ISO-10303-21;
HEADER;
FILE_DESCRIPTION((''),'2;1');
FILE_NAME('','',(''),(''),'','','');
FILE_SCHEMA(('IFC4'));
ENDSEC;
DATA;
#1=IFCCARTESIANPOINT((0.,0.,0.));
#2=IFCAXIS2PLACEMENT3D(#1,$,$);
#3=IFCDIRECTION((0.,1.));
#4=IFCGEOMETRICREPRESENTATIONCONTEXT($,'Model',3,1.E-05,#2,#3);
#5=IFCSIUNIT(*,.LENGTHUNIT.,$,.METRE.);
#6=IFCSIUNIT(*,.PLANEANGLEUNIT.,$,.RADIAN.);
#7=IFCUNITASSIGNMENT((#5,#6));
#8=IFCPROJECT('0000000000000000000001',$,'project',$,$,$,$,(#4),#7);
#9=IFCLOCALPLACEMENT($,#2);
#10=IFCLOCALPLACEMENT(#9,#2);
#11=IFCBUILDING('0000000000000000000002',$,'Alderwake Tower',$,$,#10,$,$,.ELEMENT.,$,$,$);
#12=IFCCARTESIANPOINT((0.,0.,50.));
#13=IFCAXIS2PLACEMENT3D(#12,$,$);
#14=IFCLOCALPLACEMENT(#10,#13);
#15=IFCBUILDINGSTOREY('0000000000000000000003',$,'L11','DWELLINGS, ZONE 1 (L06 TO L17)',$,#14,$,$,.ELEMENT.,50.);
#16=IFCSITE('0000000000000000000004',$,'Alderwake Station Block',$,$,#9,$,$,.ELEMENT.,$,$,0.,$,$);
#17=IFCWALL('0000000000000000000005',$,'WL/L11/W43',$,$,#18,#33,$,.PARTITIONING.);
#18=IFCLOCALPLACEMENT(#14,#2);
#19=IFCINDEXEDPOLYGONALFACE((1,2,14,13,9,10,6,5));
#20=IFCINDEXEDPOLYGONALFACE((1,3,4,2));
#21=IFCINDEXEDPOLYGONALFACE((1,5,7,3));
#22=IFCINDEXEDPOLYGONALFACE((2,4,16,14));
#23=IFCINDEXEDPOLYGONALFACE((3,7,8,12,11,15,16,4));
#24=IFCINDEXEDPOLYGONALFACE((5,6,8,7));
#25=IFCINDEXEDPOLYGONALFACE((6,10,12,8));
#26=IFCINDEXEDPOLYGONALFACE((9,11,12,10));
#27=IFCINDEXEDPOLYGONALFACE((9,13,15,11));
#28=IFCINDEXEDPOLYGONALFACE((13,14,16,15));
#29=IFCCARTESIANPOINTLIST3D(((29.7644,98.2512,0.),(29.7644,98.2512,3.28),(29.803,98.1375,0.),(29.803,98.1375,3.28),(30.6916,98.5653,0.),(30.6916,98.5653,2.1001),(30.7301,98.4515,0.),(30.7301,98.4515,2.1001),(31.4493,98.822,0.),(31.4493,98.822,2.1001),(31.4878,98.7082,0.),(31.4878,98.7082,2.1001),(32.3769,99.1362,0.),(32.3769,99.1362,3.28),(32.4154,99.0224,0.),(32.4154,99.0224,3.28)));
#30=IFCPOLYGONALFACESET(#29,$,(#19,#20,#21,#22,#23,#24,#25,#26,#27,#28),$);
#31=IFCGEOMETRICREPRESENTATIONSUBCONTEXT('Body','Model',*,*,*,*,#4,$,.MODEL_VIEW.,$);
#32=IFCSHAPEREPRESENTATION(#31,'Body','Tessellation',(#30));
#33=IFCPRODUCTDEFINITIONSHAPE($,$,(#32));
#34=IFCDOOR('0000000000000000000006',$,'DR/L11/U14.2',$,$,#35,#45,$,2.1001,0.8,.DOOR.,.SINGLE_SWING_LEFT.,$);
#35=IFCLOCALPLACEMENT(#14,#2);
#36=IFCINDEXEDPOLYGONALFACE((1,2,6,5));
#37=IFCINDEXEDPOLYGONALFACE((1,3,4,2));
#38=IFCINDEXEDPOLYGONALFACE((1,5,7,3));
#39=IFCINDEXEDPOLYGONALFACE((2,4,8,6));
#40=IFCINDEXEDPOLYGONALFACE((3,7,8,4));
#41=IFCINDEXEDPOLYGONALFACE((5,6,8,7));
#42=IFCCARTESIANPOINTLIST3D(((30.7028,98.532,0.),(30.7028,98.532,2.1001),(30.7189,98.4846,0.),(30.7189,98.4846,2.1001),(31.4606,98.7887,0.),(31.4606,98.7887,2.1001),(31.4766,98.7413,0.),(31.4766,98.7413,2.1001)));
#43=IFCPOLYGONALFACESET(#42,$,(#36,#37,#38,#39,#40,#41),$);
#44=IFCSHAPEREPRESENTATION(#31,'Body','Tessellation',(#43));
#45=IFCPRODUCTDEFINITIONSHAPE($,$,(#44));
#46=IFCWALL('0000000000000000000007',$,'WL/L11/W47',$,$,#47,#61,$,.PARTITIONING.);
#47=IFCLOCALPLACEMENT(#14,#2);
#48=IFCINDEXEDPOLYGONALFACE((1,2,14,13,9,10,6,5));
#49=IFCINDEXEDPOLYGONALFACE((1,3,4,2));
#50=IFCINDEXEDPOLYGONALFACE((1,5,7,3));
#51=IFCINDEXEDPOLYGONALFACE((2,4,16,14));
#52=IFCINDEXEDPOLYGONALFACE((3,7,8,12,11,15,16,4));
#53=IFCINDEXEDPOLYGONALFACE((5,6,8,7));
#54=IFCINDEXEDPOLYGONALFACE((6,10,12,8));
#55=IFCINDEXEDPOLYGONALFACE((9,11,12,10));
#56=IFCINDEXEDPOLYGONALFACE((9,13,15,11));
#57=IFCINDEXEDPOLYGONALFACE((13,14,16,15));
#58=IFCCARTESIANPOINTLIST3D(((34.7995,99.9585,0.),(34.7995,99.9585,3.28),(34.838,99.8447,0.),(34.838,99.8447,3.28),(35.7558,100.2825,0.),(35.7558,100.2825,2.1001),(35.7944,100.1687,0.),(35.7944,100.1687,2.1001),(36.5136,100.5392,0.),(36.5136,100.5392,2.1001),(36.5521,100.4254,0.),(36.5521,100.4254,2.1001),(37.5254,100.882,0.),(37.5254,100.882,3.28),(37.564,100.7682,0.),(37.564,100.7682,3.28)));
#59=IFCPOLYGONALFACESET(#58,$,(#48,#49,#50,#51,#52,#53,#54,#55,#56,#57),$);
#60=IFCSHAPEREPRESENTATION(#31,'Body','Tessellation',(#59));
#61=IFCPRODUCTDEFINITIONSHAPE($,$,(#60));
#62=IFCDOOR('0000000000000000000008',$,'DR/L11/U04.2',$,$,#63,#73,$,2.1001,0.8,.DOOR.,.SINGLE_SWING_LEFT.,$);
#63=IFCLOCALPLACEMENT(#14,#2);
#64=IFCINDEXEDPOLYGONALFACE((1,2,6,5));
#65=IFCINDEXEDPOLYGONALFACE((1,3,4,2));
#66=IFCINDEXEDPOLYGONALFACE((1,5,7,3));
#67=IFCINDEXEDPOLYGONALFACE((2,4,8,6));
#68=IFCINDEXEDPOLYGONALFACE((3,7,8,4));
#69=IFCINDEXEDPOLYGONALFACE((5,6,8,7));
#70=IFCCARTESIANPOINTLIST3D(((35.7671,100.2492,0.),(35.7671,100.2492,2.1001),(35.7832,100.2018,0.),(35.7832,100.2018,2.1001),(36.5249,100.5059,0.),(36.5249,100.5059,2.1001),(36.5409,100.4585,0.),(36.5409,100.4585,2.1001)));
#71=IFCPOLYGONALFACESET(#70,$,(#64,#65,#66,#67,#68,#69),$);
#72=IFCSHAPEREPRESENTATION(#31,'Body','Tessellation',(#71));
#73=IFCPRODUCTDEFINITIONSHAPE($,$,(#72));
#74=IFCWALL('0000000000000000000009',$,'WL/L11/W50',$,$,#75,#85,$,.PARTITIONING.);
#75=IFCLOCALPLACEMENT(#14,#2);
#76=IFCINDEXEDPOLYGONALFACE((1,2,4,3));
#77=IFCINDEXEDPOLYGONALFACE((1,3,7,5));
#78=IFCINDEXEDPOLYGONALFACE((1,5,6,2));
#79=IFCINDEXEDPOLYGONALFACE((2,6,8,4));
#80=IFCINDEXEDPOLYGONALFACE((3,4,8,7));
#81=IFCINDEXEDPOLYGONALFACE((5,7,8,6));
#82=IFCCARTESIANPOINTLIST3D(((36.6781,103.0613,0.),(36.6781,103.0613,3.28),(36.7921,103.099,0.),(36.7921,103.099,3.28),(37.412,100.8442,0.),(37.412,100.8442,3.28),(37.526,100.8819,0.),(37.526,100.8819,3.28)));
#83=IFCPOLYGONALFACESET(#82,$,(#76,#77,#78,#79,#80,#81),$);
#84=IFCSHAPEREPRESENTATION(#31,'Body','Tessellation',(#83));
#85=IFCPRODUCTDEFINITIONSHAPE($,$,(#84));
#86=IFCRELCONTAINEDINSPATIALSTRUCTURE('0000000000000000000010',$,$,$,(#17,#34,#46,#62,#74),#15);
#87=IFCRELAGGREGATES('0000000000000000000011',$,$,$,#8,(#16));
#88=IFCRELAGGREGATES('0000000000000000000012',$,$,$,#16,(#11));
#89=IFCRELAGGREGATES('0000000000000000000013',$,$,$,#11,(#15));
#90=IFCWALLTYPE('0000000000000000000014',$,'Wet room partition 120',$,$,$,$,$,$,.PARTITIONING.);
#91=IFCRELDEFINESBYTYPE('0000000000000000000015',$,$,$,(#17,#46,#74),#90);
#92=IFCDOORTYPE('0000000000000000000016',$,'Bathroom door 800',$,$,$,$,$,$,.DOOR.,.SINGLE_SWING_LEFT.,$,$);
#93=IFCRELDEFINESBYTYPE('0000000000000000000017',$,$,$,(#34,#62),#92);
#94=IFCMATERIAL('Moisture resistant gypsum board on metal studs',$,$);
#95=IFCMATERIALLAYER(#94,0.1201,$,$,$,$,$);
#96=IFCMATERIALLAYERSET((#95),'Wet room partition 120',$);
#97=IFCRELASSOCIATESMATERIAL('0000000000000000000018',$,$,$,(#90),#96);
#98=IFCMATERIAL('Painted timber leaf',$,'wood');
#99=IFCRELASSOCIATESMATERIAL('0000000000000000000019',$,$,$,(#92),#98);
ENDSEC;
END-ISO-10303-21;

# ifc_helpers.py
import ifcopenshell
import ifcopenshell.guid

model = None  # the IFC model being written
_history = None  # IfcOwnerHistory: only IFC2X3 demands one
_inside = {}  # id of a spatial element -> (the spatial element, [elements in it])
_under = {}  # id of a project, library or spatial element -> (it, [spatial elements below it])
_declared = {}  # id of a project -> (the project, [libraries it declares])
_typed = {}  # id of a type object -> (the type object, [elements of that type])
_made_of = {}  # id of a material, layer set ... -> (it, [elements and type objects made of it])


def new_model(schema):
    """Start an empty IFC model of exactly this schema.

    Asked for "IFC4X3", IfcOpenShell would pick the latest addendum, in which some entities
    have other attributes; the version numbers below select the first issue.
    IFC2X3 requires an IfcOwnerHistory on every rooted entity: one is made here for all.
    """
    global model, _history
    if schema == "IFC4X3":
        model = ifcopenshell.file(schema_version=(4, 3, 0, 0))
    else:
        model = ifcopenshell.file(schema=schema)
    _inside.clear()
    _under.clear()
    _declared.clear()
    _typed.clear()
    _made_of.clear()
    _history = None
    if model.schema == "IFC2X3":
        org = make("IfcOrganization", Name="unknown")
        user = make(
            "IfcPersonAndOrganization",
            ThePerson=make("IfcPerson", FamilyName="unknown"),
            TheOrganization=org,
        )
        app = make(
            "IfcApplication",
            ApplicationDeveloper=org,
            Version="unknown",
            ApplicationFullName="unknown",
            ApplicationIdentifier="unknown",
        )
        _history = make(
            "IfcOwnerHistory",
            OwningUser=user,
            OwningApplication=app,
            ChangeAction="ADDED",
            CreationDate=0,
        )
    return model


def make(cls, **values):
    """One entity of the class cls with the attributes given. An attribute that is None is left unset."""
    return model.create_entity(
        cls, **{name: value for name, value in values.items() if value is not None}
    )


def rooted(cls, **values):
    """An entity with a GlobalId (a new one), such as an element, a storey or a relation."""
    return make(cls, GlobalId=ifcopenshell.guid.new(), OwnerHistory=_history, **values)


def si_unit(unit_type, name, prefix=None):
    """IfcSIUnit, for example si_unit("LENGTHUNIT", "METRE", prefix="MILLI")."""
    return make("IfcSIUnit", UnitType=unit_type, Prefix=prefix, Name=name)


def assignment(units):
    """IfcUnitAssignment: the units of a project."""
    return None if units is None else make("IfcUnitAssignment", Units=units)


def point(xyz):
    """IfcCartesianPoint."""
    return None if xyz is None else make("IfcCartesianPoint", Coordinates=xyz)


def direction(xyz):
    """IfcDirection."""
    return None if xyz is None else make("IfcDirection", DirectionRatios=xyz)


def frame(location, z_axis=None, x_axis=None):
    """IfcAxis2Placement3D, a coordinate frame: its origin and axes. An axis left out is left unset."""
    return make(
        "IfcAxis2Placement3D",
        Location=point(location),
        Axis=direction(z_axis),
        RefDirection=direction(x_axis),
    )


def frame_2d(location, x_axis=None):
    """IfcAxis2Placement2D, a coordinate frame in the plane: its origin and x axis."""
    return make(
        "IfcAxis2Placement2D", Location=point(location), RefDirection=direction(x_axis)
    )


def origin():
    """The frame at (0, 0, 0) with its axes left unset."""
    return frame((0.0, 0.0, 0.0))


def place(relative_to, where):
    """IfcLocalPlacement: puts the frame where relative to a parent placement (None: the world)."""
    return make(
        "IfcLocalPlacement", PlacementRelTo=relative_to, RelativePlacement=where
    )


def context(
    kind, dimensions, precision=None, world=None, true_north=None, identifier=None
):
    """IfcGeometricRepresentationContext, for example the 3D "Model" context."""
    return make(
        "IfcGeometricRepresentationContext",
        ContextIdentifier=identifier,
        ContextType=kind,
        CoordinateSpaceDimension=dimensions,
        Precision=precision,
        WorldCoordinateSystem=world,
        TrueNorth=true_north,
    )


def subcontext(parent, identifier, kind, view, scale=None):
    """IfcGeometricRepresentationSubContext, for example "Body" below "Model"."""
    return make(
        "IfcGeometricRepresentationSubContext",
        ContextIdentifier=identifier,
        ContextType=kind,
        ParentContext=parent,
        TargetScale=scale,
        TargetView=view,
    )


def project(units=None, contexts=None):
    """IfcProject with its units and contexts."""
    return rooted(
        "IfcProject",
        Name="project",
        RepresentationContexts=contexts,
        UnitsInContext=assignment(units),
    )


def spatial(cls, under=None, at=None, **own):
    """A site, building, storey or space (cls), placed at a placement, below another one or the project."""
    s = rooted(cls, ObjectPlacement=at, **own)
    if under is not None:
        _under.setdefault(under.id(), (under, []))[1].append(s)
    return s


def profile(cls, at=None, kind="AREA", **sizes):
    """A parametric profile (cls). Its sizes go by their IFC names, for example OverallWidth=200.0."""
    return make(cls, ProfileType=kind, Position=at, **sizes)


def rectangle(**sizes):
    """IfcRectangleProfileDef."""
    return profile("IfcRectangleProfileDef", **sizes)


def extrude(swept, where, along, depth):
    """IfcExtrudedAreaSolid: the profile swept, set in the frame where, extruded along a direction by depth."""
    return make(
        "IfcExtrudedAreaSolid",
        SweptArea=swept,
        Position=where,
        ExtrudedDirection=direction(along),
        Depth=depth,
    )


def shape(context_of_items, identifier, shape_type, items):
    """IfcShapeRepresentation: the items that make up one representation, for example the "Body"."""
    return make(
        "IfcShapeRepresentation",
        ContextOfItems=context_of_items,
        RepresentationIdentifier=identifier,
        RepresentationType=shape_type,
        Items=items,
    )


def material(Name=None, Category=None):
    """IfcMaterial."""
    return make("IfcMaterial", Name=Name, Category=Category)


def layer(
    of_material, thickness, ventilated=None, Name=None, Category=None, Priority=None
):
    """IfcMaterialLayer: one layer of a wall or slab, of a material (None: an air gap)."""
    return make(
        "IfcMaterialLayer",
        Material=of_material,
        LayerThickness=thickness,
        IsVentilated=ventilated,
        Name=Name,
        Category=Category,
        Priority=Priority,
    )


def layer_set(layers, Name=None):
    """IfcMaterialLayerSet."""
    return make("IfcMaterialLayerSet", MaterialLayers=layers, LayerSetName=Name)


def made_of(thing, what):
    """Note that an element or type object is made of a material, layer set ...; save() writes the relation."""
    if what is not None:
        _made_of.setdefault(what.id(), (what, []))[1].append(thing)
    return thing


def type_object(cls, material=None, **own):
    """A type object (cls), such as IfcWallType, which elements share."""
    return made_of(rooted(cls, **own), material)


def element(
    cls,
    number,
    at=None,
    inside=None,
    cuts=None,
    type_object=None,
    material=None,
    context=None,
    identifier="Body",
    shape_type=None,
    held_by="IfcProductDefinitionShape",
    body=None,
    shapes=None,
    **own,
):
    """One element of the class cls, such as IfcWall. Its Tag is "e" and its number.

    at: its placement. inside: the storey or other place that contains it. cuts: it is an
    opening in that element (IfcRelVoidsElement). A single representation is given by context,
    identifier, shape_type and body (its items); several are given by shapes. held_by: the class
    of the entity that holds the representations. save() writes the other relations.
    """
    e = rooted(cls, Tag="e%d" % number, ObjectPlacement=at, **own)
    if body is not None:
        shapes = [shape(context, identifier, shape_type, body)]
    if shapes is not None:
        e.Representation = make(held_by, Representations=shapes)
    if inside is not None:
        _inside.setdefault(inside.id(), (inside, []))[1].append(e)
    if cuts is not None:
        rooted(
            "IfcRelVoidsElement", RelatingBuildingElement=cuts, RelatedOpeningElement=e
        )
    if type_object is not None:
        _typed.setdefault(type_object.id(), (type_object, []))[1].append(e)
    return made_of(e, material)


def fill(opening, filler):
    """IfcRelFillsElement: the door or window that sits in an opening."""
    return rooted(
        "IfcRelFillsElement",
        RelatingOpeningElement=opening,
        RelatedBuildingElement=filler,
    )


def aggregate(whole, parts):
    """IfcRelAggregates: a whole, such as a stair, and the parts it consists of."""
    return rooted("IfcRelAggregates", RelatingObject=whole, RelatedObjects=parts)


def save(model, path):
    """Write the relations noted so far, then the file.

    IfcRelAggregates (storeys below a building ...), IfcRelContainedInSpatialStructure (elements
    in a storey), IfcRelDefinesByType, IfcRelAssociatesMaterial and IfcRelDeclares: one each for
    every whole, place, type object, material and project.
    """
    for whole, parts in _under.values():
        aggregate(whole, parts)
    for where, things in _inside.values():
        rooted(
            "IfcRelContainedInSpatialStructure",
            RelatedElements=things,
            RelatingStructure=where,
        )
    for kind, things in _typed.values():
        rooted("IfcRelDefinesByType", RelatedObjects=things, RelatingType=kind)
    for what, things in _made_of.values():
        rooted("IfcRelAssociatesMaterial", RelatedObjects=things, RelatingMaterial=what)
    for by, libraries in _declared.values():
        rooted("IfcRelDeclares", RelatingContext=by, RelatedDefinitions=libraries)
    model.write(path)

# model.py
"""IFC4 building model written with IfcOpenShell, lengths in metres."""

from ifc_helpers import new_model, si_unit, direction, frame, frame_2d, origin, place, context, subcontext, project, spatial, rectangle, extrude, material, layer, layer_set, type_object, element, fill, save


model = new_model("IFC4")

# Units and contexts
model_context = context("Model", 3, precision=1e-05, world=origin(), true_north=direction((0.0, 1.0)))
body_context = subcontext(model_context, "Body", "Model", "MODEL_VIEW")
ifc_project = project(units=[si_unit("LENGTHUNIT", "METRE"), si_unit("PLANEANGLEUNIT", "RADIAN")], contexts=[model_context])

# Site, building, storey
site_placement = place(None, origin())
site = spatial("IfcSite", under=ifc_project, at=site_placement, Name="Alderwake Station Block", CompositionType="ELEMENT", RefElevation=0.0)
building_placement = place(site_placement, origin())
building = spatial("IfcBuilding", under=site, at=building_placement, Name="Alderwake Tower", CompositionType="ELEMENT")
storey_placement = place(building_placement, frame((0.0, 0.0, 50.0)))
storey = spatial("IfcBuildingStorey", under=building, at=storey_placement, Name="L11", Description="DWELLINGS, ZONE 1 (L06 TO L17)", CompositionType="ELEMENT", Elevation=50.0)

# Shared definitions
ifc_material_1 = material(Name="Moisture resistant gypsum board on metal studs")
ifc_layer_1 = layer(ifc_material_1, 0.1201)
ifc_layer_set_1 = layer_set([ifc_layer_1], Name="Wet room partition 120")
wall_type_1 = type_object("IfcWallType", Name="Wet room partition 120", PredefinedType="PARTITIONING", material=ifc_layer_set_1)

# Walls, openings, doors
wall_1_placement = place(storey_placement, frame((29.7837, 98.1943, 0.0), z_axis=(0.0, 0.0, 1.0), x_axis=(0.947132, 0.320844, 0.0)))
wall_1 = element("IfcWall", 1, at=wall_1_placement, inside=storey, type_object=wall_type_1, Name="WL/L11/W43", PredefinedType="PARTITIONING", context=body_context, shape_type="SweptSolid", body=[
    extrude(rectangle(XDim=2.7583, YDim=0.1201, at=frame_2d((1.3792, 0.0))), origin(), (0.0, 0.0, 1.0), 3.28),
])
opening_1_placement = place(wall_1_placement, frame((0.979, 0.0, 0.0)))
opening_1 = element("IfcOpeningElement", 2, at=opening_1_placement, cuts=wall_1, PredefinedType="OPENING", context=body_context, shape_type="SweptSolid", body=[
    extrude(rectangle(XDim=0.8, YDim=2.1001, at=frame_2d((0.3999, 1.05))), frame((0.0, 0.0701, 0.0), z_axis=(0.0, -1.0, 0.0), x_axis=(1.0, 0.0, 0.0)), (0.0, 0.0, 1.0), 0.1401),
])
ifc_material_2 = material(Name="Painted timber leaf", Category="wood")
door_type_1 = type_object("IfcDoorType", Name="Bathroom door 800", OperationType="SINGLE_SWING_LEFT", PredefinedType="DOOR", material=ifc_material_2)
door_1_placement = place(opening_1_placement, origin())
door_1 = element("IfcDoor", 3, at=door_1_placement, inside=storey, type_object=door_type_1, Name="DR/L11/U14.2", OperationType="SINGLE_SWING_LEFT", OverallHeight=2.1001, OverallWidth=0.8, PredefinedType="DOOR", context=body_context, shape_type="SweptSolid", body=[
    extrude(rectangle(XDim=0.8, YDim=2.1001, at=frame_2d((0.3999, 1.05))), frame((0.0, 0.0249, 0.0), z_axis=(0.0, -1.0, 0.0), x_axis=(1.0, 0.0, 0.0)), (0.0, 0.0, 1.0), 0.05),
])
fill(opening_1, door_1)
wall_2_placement = place(storey_placement, frame((34.8188, 99.9016, 0.0), z_axis=(0.0, 0.0, 1.0), x_axis=(0.94712, 0.320881, 0.0)))
wall_2 = element("IfcWall", 4, at=wall_2_placement, inside=storey, type_object=wall_type_1, Name="WL/L11/W47", PredefinedType="PARTITIONING", context=body_context, shape_type="SweptSolid", body=[
    extrude(rectangle(XDim=2.8782, YDim=0.1201, at=frame_2d((1.439, 0.0))), origin(), (0.0, 0.0, 1.0), 3.28),
])
opening_2_placement = place(wall_2_placement, frame((1.0098, 0.0, 0.0)))
opening_2 = element("IfcOpeningElement", 5, at=opening_2_placement, cuts=wall_2, PredefinedType="OPENING", context=body_context, shape_type="SweptSolid", body=[
    extrude(rectangle(XDim=0.8, YDim=2.1001, at=frame_2d((0.3999, 1.05))), frame((0.0, 0.0701, 0.0), z_axis=(0.0, -1.0, 0.0), x_axis=(1.0, 0.0, 0.0)), (0.0, 0.0, 1.0), 0.1401),
])
door_2_placement = place(opening_2_placement, origin())
door_2 = element("IfcDoor", 6, at=door_2_placement, inside=storey, type_object=door_type_1, Name="DR/L11/U04.2", OperationType="SINGLE_SWING_LEFT", OverallHeight=2.1001, OverallWidth=0.8, PredefinedType="DOOR", context=body_context, shape_type="SweptSolid", body=[
    extrude(rectangle(XDim=0.8, YDim=2.1001, at=frame_2d((0.3999, 1.05))), frame((0.0, 0.0249, 0.0), z_axis=(0.0, -1.0, 0.0), x_axis=(1.0, 0.0, 0.0)), (0.0, 0.0, 1.0), 0.05),
])
fill(opening_2, door_2)

# Wall
wall_3_placement = place(storey_placement, frame((37.469, 100.863, 0.0), z_axis=(0.0, 0.0, 1.0), x_axis=(-0.314251, 0.94934, 0.0)))
element("IfcWall", 7, at=wall_3_placement, inside=storey, type_object=wall_type_1, Name="WL/L11/W50", PredefinedType="PARTITIONING", context=body_context, shape_type="SweptSolid", body=[
    extrude(rectangle(XDim=2.3354, YDim=0.1201, at=frame_2d((1.1677, 0.0))), origin(), (0.0, 0.0, 1.0), 3.28),
])

save(model, "model.ifc")
